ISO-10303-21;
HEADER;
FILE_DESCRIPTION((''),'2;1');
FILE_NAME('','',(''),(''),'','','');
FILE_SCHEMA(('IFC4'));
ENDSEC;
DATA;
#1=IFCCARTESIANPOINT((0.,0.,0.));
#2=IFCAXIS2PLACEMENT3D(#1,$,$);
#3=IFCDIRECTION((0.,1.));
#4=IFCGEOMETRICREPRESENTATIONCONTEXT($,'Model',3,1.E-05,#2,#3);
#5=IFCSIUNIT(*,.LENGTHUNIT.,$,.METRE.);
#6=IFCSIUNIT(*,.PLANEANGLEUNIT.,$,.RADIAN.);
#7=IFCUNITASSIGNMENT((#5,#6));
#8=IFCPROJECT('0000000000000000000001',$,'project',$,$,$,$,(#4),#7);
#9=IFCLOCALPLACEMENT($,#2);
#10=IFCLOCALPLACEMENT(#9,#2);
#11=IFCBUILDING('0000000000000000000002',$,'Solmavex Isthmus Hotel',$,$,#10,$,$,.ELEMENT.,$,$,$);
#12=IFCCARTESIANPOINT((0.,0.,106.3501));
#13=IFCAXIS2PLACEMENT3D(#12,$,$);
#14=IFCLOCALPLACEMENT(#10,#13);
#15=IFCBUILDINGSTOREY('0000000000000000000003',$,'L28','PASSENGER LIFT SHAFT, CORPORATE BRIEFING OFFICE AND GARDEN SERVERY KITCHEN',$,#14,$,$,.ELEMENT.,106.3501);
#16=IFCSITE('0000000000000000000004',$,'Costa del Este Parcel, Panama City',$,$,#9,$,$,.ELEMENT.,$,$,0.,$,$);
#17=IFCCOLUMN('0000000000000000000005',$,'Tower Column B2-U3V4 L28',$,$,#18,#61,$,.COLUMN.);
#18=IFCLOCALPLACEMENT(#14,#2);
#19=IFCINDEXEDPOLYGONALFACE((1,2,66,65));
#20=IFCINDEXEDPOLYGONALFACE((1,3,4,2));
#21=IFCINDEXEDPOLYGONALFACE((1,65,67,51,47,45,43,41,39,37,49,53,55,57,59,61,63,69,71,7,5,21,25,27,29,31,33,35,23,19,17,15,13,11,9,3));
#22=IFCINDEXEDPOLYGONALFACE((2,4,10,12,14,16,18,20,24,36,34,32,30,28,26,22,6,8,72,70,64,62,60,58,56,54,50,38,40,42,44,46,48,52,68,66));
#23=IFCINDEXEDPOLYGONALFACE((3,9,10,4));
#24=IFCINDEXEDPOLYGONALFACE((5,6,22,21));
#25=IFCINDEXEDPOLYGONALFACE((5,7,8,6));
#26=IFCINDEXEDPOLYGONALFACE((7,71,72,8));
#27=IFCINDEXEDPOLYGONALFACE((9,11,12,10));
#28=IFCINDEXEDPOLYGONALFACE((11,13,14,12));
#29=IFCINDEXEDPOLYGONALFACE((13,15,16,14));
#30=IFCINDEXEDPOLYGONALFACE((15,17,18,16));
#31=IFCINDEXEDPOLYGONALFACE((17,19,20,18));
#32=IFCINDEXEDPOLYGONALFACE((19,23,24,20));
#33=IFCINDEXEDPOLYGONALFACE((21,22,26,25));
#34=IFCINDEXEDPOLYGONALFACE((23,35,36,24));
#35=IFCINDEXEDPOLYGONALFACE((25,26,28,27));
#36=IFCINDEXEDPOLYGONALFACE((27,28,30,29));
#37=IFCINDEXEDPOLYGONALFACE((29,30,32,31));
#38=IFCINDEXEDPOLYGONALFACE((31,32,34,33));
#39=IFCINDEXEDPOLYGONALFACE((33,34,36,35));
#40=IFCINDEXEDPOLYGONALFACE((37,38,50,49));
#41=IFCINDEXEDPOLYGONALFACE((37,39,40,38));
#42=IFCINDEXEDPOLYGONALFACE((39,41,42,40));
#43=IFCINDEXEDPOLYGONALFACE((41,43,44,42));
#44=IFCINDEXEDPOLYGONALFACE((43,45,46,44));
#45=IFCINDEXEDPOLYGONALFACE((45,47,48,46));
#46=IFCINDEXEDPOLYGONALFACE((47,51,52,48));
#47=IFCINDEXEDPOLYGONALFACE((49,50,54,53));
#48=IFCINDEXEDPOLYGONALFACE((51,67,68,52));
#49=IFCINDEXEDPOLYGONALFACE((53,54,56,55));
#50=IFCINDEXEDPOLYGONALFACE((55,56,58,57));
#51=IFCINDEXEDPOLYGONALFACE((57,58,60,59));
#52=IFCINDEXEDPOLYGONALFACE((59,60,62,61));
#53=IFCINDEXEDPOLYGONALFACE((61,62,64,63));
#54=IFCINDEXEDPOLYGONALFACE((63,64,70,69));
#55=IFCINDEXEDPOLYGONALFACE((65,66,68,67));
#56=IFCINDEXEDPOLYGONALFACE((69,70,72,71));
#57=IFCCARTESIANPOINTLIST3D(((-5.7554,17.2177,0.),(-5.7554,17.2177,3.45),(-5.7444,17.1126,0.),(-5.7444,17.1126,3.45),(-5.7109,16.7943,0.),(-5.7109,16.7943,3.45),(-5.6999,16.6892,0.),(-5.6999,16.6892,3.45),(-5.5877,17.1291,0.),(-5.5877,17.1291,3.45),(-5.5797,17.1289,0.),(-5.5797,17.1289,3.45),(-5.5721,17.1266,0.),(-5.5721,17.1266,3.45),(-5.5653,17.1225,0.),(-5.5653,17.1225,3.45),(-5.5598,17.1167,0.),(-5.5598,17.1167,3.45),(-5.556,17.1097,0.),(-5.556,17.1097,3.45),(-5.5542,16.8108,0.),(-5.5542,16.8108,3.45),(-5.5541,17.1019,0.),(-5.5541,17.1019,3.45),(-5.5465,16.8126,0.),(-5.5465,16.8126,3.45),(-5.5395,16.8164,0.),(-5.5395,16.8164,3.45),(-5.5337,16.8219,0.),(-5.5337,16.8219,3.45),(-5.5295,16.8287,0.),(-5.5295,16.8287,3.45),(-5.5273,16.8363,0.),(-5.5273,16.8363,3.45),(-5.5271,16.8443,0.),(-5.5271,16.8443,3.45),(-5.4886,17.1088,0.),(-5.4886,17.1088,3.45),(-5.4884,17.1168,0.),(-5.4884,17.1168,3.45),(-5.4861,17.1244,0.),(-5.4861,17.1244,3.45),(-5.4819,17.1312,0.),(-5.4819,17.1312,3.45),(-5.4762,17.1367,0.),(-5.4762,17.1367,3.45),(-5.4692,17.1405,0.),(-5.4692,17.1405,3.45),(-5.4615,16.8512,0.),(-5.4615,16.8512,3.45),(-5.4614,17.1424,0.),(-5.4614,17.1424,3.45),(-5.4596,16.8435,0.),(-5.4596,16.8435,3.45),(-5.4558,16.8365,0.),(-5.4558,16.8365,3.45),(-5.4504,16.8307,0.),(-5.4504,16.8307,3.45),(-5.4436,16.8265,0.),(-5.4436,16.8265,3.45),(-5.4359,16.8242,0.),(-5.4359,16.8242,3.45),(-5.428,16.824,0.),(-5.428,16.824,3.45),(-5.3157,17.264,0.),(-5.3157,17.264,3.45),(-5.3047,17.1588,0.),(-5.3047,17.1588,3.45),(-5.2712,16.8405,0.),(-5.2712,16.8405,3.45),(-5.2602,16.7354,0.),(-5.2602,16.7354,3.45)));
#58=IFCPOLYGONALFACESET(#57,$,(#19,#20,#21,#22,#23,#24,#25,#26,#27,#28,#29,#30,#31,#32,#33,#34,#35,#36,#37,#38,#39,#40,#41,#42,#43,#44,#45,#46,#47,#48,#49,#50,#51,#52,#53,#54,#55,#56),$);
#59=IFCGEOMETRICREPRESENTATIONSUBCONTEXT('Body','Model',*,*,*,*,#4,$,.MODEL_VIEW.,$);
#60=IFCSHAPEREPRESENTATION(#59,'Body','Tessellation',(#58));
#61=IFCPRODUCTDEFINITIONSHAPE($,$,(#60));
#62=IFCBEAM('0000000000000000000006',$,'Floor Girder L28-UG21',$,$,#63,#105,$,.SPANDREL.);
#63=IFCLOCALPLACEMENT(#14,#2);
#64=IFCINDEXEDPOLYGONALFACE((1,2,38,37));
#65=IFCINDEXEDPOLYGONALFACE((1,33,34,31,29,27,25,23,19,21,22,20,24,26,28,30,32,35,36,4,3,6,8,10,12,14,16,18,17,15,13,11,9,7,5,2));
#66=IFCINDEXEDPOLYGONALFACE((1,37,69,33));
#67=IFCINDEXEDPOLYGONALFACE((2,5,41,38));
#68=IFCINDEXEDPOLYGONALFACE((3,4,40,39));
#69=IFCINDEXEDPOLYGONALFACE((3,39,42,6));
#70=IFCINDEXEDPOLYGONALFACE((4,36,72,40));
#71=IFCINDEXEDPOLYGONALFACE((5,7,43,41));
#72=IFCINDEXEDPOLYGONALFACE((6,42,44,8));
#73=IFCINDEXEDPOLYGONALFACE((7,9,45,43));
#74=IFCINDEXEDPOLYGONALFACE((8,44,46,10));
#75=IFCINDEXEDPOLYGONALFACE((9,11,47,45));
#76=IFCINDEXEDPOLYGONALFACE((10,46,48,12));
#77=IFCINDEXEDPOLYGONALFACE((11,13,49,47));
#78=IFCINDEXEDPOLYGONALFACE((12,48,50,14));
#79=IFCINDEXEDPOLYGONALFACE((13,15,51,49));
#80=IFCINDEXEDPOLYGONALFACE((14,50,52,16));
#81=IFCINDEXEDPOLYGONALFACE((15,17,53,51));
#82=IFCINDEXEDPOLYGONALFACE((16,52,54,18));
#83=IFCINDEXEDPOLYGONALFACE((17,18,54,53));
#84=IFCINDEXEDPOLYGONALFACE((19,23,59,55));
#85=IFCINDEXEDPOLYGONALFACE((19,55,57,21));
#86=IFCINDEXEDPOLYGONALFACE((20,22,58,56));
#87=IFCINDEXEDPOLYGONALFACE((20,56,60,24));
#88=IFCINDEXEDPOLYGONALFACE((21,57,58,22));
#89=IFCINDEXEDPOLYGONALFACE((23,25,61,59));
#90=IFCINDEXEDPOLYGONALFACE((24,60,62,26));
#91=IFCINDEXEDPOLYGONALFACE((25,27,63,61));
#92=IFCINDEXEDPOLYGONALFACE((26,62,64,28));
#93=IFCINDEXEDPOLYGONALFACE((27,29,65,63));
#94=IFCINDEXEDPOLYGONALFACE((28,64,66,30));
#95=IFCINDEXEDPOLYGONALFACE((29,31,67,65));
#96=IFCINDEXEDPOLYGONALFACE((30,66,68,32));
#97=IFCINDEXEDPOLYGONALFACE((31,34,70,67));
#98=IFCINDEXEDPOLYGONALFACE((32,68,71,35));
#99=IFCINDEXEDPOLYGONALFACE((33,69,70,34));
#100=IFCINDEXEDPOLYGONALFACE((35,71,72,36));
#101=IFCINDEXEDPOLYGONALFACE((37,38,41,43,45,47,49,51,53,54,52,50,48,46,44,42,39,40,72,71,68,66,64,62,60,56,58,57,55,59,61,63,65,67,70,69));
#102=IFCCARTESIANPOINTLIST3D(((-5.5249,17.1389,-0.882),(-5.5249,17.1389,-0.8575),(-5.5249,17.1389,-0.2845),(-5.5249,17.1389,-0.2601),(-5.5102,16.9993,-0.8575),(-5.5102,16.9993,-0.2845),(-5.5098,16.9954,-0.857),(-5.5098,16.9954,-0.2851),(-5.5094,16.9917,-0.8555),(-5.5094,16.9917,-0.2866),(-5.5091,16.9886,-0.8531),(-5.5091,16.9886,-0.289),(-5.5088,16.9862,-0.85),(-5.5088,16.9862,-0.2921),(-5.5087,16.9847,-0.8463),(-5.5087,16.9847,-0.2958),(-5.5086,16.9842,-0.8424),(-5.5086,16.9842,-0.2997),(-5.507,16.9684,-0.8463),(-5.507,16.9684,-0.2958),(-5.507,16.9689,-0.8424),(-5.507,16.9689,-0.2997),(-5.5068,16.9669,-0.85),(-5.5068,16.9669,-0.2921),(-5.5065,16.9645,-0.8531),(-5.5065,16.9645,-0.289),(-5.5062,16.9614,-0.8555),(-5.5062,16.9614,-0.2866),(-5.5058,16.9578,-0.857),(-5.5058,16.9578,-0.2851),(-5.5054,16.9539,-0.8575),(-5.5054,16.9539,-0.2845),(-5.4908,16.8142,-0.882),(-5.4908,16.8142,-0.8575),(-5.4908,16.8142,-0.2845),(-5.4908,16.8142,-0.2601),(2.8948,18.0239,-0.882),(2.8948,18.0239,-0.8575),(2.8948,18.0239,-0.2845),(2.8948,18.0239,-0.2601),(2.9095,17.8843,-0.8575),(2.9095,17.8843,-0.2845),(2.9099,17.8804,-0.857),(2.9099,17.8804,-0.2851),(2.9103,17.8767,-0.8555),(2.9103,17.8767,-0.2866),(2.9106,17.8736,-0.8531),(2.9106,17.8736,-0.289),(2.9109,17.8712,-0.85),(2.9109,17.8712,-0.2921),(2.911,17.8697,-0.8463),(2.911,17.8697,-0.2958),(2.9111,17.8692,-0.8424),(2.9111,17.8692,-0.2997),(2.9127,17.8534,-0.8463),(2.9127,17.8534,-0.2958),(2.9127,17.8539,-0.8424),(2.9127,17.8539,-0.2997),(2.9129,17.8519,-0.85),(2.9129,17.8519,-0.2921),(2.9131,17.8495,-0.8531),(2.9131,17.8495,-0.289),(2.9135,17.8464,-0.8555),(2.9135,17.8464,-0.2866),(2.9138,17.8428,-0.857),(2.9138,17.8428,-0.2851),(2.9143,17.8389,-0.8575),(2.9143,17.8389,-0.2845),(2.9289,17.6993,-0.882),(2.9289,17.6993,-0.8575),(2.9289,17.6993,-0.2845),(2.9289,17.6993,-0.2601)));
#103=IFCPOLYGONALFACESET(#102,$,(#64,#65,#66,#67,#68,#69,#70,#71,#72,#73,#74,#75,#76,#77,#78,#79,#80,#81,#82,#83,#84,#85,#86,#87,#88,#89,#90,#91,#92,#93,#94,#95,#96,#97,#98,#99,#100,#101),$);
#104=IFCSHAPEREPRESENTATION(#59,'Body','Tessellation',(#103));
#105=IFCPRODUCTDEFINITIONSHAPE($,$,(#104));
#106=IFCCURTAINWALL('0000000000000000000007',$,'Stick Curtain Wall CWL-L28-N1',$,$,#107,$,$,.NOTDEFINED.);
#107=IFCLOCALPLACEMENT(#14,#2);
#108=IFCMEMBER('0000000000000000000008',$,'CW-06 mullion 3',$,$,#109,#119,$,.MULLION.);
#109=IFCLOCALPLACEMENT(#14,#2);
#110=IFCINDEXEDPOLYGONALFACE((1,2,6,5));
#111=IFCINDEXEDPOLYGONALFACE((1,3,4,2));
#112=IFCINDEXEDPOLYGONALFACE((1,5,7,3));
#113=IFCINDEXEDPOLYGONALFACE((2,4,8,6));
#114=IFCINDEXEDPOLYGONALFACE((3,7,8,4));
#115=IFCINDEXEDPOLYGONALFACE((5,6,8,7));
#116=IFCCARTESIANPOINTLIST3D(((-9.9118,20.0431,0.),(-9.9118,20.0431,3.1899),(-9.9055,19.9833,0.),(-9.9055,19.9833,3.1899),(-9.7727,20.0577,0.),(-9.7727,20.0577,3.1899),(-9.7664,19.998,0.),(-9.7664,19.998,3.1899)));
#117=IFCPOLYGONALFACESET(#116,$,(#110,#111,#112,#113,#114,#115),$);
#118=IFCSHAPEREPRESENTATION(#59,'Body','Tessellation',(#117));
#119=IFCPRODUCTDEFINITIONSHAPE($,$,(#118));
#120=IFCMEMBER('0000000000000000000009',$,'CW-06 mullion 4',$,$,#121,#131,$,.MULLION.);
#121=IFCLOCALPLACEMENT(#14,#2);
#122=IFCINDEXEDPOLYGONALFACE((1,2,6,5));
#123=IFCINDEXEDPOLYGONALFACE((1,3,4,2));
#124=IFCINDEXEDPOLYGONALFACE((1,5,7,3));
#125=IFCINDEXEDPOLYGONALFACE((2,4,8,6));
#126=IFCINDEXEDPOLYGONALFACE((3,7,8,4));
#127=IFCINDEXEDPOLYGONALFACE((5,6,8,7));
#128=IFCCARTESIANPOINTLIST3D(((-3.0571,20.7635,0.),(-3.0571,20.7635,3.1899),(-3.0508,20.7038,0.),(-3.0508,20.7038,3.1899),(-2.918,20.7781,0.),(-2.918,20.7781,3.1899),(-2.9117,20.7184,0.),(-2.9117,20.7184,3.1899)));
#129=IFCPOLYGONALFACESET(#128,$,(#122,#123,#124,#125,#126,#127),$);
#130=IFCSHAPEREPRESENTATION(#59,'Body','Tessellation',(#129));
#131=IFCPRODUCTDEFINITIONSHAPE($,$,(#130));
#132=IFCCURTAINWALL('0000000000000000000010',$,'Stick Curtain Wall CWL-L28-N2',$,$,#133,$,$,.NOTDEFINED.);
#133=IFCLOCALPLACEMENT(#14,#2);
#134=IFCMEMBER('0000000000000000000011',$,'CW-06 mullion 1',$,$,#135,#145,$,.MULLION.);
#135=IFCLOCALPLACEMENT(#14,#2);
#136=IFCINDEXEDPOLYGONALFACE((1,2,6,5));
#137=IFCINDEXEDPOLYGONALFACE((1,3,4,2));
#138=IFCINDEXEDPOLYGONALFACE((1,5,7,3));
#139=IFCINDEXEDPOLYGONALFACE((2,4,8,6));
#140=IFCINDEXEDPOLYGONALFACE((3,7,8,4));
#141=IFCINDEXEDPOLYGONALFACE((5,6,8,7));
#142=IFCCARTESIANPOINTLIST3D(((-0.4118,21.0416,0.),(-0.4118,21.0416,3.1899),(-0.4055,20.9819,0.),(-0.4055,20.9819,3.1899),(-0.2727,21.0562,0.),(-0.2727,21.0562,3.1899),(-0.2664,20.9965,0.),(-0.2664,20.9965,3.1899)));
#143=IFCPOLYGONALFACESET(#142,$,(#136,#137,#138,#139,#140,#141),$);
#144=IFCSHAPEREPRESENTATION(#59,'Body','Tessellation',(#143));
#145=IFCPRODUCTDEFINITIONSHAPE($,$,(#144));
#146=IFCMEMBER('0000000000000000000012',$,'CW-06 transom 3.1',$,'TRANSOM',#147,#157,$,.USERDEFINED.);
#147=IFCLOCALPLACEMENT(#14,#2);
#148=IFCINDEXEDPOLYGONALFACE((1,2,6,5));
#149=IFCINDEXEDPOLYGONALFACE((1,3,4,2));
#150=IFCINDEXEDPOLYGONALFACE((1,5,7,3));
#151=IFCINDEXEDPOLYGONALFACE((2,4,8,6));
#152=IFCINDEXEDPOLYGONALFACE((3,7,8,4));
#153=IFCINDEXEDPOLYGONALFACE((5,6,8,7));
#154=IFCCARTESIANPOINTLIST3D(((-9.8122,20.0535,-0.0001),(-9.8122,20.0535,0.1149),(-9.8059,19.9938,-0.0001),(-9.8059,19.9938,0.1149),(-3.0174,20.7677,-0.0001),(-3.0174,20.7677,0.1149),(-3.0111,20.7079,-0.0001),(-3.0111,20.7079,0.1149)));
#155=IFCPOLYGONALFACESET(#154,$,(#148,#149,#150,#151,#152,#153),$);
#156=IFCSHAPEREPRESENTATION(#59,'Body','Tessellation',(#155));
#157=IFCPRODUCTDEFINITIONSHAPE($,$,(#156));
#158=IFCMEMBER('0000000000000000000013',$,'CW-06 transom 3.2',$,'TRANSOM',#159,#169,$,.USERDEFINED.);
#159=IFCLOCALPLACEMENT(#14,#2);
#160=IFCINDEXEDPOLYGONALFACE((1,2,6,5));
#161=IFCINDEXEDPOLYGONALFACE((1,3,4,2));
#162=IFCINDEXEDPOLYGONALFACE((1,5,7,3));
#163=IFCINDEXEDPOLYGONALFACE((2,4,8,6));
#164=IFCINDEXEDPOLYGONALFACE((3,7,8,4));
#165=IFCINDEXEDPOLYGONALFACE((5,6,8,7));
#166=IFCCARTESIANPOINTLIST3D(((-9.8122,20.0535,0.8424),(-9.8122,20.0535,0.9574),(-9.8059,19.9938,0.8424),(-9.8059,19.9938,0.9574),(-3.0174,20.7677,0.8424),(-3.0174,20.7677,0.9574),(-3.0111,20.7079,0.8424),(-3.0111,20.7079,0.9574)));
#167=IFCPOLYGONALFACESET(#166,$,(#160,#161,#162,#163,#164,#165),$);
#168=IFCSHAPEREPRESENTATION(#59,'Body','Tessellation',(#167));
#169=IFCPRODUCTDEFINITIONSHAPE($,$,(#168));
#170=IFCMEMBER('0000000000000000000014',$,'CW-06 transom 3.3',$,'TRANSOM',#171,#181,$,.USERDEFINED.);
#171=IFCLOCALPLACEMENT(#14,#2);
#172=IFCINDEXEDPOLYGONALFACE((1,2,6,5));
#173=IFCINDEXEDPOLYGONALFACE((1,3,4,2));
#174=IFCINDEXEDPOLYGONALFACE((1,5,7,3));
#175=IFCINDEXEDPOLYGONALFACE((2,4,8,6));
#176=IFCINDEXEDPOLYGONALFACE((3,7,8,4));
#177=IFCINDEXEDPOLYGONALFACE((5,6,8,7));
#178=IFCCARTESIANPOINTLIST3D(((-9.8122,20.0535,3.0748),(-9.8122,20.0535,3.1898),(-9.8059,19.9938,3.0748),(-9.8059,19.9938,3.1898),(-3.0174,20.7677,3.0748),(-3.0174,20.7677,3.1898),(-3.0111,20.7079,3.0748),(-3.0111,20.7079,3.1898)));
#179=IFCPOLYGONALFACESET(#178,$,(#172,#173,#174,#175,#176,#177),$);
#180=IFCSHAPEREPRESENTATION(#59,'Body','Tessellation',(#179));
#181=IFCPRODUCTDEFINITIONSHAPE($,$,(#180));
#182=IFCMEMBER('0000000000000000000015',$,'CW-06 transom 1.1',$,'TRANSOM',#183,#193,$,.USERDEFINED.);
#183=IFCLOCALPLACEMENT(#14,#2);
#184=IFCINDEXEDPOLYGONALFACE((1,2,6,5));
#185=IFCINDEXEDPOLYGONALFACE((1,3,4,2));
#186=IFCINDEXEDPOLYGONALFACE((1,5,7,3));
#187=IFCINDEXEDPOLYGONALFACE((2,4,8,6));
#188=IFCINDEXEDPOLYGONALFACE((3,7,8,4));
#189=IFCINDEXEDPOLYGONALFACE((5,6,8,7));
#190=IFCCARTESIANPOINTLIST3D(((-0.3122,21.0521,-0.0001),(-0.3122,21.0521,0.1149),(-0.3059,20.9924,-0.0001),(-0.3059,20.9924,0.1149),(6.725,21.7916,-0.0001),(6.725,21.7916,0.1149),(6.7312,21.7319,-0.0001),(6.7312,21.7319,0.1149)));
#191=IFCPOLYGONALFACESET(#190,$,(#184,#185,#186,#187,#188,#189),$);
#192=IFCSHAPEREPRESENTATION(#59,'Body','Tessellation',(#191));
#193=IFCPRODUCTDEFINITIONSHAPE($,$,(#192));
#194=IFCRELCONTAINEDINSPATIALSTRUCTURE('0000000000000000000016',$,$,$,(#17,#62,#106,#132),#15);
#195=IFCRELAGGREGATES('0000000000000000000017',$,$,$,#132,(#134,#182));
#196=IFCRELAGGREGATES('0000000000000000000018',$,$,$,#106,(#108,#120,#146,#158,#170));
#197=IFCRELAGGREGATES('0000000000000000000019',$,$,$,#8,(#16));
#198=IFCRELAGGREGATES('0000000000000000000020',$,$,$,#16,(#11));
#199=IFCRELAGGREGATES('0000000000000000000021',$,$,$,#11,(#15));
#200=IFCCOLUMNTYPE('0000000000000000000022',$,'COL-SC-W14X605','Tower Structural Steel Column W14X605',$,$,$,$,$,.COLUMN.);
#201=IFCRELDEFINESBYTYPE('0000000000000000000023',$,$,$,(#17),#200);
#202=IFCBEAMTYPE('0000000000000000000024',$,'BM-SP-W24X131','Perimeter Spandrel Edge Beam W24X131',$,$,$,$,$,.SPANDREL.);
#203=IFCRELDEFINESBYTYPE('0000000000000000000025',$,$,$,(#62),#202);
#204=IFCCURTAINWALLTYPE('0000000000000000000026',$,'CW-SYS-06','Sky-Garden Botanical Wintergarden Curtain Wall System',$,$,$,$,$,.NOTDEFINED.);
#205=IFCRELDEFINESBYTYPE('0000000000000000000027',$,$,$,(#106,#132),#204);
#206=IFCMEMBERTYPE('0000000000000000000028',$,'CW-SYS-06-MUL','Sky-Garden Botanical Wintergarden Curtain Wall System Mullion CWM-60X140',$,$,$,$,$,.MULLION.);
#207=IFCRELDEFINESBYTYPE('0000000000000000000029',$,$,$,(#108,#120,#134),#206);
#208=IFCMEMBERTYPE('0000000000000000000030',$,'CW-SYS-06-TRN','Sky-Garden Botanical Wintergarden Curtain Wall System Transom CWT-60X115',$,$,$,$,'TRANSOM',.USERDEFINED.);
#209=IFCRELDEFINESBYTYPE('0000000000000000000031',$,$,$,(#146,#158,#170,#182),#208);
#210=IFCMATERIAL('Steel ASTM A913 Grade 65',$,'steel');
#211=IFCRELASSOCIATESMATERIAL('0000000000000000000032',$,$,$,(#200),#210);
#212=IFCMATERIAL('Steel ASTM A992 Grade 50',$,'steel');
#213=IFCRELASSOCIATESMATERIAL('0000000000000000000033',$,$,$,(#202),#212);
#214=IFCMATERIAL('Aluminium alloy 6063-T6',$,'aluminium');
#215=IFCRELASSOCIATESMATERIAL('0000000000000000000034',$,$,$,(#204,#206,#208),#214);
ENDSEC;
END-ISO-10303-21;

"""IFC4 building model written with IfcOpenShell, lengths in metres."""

from ifc_helpers import new_model, si_unit, direction, frame, origin, origin_2d, place, context, subcontext, project, spatial, rectangle, i_section, extrude, material, material_profile, profile_set, type_object, element, aggregate, save


model = new_model("IFC4")

# Units and contexts
model_context = context("Model", 3, precision=1e-05, world=origin(), true_north=direction((0.0, 1.0)))
body_context = subcontext(model_context, "Body", "Model", "MODEL_VIEW")
ifc_project = project(units=[si_unit("LENGTHUNIT", "METRE"), si_unit("PLANEANGLEUNIT", "RADIAN")], contexts=[model_context])

# Site, building, storey
site_placement = place(None, origin())
site = spatial("IfcSite", under=ifc_project, at=site_placement, Name="Costa del Este Parcel, Panama City", CompositionType="ELEMENT", RefElevation=0.0)
building_placement = place(site_placement, origin())
building = spatial("IfcBuilding", under=site, at=building_placement, Name="Solmavex Isthmus Hotel", CompositionType="ELEMENT")
storey_placement = place(building_placement, frame((0.0, 0.0, 106.3501)))
storey = spatial("IfcBuildingStorey", under=building, at=storey_placement, Name="L28", Description="PASSENGER LIFT SHAFT, CORPORATE BRIEFING OFFICE AND GARDEN SERVERY KITCHEN", CompositionType="ELEMENT", Elevation=106.3501)

# Column
ifc_material_1 = material(Name="Steel ASTM A913 Grade 65", Category="steel")
ifc_material_profile_1 = material_profile(ifc_material_1, i_section(OverallWidth=0.4421, OverallDepth=0.5315, WebThickness=0.0659, FlangeThickness=0.1057, FilletRadius=0.0305, at=origin_2d()), Name="W14X605")
ifc_profile_set_1 = profile_set([ifc_material_profile_1], Name="Steel ASTM A913 Grade 65")
column_type = type_object("IfcColumnType", Name="COL-SC-W14X605", Description="Tower Structural Steel Column W14X605", PredefinedType="COLUMN", material=ifc_profile_set_1)
column_placement = place(storey_placement, frame((-5.5078, 16.9766, 0.0), z_axis=(0.0, 0.0, 1.0), x_axis=(0.994522, 0.104528, 0.0)))
element("IfcColumn", 1, at=column_placement, inside=storey, type_object=column_type, Name="Tower Column B2-U3V4 L28", PredefinedType="COLUMN", context=body_context, shape_type="SweptSolid", body=[
    extrude(i_section(OverallWidth=0.4421, OverallDepth=0.5315, WebThickness=0.0659, FlangeThickness=0.1057, FilletRadius=0.0305, at=origin_2d()), origin(), (0.0, 0.0, 1.0), 3.45),
])

# Beam
ifc_material_2 = material(Name="Steel ASTM A992 Grade 50", Category="steel")
ifc_material_profile_2 = material_profile(ifc_material_2, i_section(OverallWidth=0.3264, OverallDepth=0.6218, WebThickness=0.0154, FlangeThickness=0.0244, FilletRadius=0.0151, at=origin_2d()), Name="W24X131")
ifc_profile_set_2 = profile_set([ifc_material_profile_2], Name="Steel ASTM A992 Grade 50")
beam_type = type_object("IfcBeamType", Name="BM-SP-W24X131", Description="Perimeter Spandrel Edge Beam W24X131", PredefinedType="SPANDREL", material=ifc_profile_set_2)
beam_placement = place(storey_placement, frame((-5.5078, 16.9766, -0.571), z_axis=(0.994521, 0.104536, 0.0), x_axis=(-0.104536, 0.994521, 0.0)))
element("IfcBeam", 2, at=beam_placement, inside=storey, type_object=beam_type, Name="Floor Girder L28-UG21", PredefinedType="SPANDREL", context=body_context, shape_type="SweptSolid", body=[
    extrude(i_section(OverallWidth=0.3264, OverallDepth=0.6218, WebThickness=0.0154, FlangeThickness=0.0244, FilletRadius=0.0151, at=origin_2d()), origin(), (0.0, 0.0, 1.0), 8.4661),
])

# Curtain wall, members
ifc_material_3 = material(Name="Aluminium alloy 6063-T6", Category="aluminium")
curtain_wall_type = type_object("IfcCurtainWallType", Name="CW-SYS-06", Description="Sky-Garden Botanical Wintergarden Curtain Wall System", PredefinedType="NOTDEFINED", material=ifc_material_3)
curtain_wall_1_placement = place(storey_placement, origin())
curtain_wall_1 = element("IfcCurtainWall", 3, at=curtain_wall_1_placement, inside=storey, type_object=curtain_wall_type, Name="Stick Curtain Wall CWL-L28-N1", PredefinedType="NOTDEFINED")
ifc_material_profile_3 = material_profile(ifc_material_3, rectangle(XDim=0.0601, YDim=0.1399, at=origin_2d()), Name="CWM-60X140")
ifc_profile_set_3 = profile_set([ifc_material_profile_3], Name="Aluminium alloy 6063-T6")
member_type_1 = type_object("IfcMemberType", Name="CW-SYS-06-MUL", Description="Sky-Garden Botanical Wintergarden Curtain Wall System Mullion CWM-60X140", PredefinedType="MULLION", material=ifc_profile_set_3)
member_1_placement = place(storey_placement, frame((-9.8391, 20.0205, 0.0), z_axis=(0.0, 0.0, 1.0), x_axis=(-0.104528, 0.994522, 0.0)))
member_1 = element("IfcMember", 4, at=member_1_placement, type_object=member_type_1, Name="CW-06 mullion 3", PredefinedType="MULLION", context=body_context, shape_type="SweptSolid", body=[
    extrude(rectangle(XDim=0.0601, YDim=0.1399, at=origin_2d()), origin(), (0.0, 0.0, 1.0), 3.1899),
])
member_2_placement = place(storey_placement, frame((-2.9844, 20.741, 0.0), z_axis=(0.0, 0.0, 1.0), x_axis=(-0.104528, 0.994522, 0.0)))
member_2 = element("IfcMember", 5, at=member_2_placement, type_object=member_type_1, Name="CW-06 mullion 4", PredefinedType="MULLION", context=body_context, shape_type="SweptSolid", body=[
    extrude(rectangle(XDim=0.0601, YDim=0.1399, at=origin_2d()), origin(), (0.0, 0.0, 1.0), 3.1899),
])

# Curtain wall, member
curtain_wall_2_placement = place(storey_placement, origin())
curtain_wall_2 = element("IfcCurtainWall", 6, at=curtain_wall_2_placement, inside=storey, type_object=curtain_wall_type, Name="Stick Curtain Wall CWL-L28-N2", PredefinedType="NOTDEFINED")
member_3_placement = place(storey_placement, frame((-0.3391, 21.019, 0.0), z_axis=(0.0, 0.0, 1.0), x_axis=(-0.104529, 0.994522, 0.0)))
member_3 = element("IfcMember", 7, at=member_3_placement, type_object=member_type_1, Name="CW-06 mullion 1", PredefinedType="MULLION", context=body_context, shape_type="SweptSolid", body=[
    extrude(rectangle(XDim=0.0601, YDim=0.1399, at=origin_2d()), origin(), (0.0, 0.0, 1.0), 3.1899),
])

# Members
ifc_material_profile_4 = material_profile(ifc_material_3, rectangle(XDim=0.0601, YDim=0.115, at=origin_2d()), Name="CWT-60X115")
ifc_profile_set_4 = profile_set([ifc_material_profile_4], Name="Aluminium alloy 6063-T6")
member_type_2 = type_object("IfcMemberType", Name="CW-SYS-06-TRN", Description="Sky-Garden Botanical Wintergarden Curtain Wall System Transom CWT-60X115", ElementType="TRANSOM", PredefinedType="USERDEFINED", material=ifc_profile_set_4)
member_4_placement = place(storey_placement, frame((-9.8091, 20.0237, 0.0574), z_axis=(0.994523, 0.104519, 0.0), x_axis=(-0.104519, 0.994523, 0.0)))
member_4 = element("IfcMember", 8, at=member_4_placement, type_object=member_type_2, Name="CW-06 transom 3.1", ObjectType="TRANSOM", PredefinedType="USERDEFINED", context=body_context, shape_type="SweptSolid", body=[
    extrude(rectangle(XDim=0.0601, YDim=0.115, at=origin_2d()), origin(), (0.0, 0.0, 1.0), 6.8323),
])
member_5_placement = place(storey_placement, frame((-9.8091, 20.0237, 0.8999), z_axis=(0.994523, 0.104519, 0.0), x_axis=(-0.104519, 0.994523, 0.0)))
member_5 = element("IfcMember", 9, at=member_5_placement, type_object=member_type_2, Name="CW-06 transom 3.2", ObjectType="TRANSOM", PredefinedType="USERDEFINED", context=body_context, shape_type="SweptSolid", body=[
    extrude(rectangle(XDim=0.0601, YDim=0.115, at=origin_2d()), origin(), (0.0, 0.0, 1.0), 6.8323),
])
member_6_placement = place(storey_placement, frame((-9.8091, 20.0237, 3.1323), z_axis=(0.994523, 0.104519, 0.0), x_axis=(-0.104519, 0.994523, 0.0)))
member_6 = element("IfcMember", 10, at=member_6_placement, type_object=member_type_2, Name="CW-06 transom 3.3", ObjectType="TRANSOM", PredefinedType="USERDEFINED", context=body_context, shape_type="SweptSolid", body=[
    extrude(rectangle(XDim=0.0601, YDim=0.115, at=origin_2d()), origin(), (0.0, 0.0, 1.0), 6.8323),
])
member_7_placement = place(storey_placement, frame((-0.3091, 21.0222, 0.0574), z_axis=(0.994524, 0.104511, 0.0), x_axis=(-0.104511, 0.994524, 0.0)))
member_7 = element("IfcMember", 11, at=member_7_placement, type_object=member_type_2, Name="CW-06 transom 1.1", ObjectType="TRANSOM", PredefinedType="USERDEFINED", context=body_context, shape_type="SweptSolid", body=[
    extrude(rectangle(XDim=0.0601, YDim=0.115, at=origin_2d()), origin(), (0.0, 0.0, 1.0), 7.0759),
])
aggregate(curtain_wall_2, [member_3, member_7])

aggregate(curtain_wall_1, [member_1, member_2, member_4, member_5, member_6])

save(model, "model.ifc")
